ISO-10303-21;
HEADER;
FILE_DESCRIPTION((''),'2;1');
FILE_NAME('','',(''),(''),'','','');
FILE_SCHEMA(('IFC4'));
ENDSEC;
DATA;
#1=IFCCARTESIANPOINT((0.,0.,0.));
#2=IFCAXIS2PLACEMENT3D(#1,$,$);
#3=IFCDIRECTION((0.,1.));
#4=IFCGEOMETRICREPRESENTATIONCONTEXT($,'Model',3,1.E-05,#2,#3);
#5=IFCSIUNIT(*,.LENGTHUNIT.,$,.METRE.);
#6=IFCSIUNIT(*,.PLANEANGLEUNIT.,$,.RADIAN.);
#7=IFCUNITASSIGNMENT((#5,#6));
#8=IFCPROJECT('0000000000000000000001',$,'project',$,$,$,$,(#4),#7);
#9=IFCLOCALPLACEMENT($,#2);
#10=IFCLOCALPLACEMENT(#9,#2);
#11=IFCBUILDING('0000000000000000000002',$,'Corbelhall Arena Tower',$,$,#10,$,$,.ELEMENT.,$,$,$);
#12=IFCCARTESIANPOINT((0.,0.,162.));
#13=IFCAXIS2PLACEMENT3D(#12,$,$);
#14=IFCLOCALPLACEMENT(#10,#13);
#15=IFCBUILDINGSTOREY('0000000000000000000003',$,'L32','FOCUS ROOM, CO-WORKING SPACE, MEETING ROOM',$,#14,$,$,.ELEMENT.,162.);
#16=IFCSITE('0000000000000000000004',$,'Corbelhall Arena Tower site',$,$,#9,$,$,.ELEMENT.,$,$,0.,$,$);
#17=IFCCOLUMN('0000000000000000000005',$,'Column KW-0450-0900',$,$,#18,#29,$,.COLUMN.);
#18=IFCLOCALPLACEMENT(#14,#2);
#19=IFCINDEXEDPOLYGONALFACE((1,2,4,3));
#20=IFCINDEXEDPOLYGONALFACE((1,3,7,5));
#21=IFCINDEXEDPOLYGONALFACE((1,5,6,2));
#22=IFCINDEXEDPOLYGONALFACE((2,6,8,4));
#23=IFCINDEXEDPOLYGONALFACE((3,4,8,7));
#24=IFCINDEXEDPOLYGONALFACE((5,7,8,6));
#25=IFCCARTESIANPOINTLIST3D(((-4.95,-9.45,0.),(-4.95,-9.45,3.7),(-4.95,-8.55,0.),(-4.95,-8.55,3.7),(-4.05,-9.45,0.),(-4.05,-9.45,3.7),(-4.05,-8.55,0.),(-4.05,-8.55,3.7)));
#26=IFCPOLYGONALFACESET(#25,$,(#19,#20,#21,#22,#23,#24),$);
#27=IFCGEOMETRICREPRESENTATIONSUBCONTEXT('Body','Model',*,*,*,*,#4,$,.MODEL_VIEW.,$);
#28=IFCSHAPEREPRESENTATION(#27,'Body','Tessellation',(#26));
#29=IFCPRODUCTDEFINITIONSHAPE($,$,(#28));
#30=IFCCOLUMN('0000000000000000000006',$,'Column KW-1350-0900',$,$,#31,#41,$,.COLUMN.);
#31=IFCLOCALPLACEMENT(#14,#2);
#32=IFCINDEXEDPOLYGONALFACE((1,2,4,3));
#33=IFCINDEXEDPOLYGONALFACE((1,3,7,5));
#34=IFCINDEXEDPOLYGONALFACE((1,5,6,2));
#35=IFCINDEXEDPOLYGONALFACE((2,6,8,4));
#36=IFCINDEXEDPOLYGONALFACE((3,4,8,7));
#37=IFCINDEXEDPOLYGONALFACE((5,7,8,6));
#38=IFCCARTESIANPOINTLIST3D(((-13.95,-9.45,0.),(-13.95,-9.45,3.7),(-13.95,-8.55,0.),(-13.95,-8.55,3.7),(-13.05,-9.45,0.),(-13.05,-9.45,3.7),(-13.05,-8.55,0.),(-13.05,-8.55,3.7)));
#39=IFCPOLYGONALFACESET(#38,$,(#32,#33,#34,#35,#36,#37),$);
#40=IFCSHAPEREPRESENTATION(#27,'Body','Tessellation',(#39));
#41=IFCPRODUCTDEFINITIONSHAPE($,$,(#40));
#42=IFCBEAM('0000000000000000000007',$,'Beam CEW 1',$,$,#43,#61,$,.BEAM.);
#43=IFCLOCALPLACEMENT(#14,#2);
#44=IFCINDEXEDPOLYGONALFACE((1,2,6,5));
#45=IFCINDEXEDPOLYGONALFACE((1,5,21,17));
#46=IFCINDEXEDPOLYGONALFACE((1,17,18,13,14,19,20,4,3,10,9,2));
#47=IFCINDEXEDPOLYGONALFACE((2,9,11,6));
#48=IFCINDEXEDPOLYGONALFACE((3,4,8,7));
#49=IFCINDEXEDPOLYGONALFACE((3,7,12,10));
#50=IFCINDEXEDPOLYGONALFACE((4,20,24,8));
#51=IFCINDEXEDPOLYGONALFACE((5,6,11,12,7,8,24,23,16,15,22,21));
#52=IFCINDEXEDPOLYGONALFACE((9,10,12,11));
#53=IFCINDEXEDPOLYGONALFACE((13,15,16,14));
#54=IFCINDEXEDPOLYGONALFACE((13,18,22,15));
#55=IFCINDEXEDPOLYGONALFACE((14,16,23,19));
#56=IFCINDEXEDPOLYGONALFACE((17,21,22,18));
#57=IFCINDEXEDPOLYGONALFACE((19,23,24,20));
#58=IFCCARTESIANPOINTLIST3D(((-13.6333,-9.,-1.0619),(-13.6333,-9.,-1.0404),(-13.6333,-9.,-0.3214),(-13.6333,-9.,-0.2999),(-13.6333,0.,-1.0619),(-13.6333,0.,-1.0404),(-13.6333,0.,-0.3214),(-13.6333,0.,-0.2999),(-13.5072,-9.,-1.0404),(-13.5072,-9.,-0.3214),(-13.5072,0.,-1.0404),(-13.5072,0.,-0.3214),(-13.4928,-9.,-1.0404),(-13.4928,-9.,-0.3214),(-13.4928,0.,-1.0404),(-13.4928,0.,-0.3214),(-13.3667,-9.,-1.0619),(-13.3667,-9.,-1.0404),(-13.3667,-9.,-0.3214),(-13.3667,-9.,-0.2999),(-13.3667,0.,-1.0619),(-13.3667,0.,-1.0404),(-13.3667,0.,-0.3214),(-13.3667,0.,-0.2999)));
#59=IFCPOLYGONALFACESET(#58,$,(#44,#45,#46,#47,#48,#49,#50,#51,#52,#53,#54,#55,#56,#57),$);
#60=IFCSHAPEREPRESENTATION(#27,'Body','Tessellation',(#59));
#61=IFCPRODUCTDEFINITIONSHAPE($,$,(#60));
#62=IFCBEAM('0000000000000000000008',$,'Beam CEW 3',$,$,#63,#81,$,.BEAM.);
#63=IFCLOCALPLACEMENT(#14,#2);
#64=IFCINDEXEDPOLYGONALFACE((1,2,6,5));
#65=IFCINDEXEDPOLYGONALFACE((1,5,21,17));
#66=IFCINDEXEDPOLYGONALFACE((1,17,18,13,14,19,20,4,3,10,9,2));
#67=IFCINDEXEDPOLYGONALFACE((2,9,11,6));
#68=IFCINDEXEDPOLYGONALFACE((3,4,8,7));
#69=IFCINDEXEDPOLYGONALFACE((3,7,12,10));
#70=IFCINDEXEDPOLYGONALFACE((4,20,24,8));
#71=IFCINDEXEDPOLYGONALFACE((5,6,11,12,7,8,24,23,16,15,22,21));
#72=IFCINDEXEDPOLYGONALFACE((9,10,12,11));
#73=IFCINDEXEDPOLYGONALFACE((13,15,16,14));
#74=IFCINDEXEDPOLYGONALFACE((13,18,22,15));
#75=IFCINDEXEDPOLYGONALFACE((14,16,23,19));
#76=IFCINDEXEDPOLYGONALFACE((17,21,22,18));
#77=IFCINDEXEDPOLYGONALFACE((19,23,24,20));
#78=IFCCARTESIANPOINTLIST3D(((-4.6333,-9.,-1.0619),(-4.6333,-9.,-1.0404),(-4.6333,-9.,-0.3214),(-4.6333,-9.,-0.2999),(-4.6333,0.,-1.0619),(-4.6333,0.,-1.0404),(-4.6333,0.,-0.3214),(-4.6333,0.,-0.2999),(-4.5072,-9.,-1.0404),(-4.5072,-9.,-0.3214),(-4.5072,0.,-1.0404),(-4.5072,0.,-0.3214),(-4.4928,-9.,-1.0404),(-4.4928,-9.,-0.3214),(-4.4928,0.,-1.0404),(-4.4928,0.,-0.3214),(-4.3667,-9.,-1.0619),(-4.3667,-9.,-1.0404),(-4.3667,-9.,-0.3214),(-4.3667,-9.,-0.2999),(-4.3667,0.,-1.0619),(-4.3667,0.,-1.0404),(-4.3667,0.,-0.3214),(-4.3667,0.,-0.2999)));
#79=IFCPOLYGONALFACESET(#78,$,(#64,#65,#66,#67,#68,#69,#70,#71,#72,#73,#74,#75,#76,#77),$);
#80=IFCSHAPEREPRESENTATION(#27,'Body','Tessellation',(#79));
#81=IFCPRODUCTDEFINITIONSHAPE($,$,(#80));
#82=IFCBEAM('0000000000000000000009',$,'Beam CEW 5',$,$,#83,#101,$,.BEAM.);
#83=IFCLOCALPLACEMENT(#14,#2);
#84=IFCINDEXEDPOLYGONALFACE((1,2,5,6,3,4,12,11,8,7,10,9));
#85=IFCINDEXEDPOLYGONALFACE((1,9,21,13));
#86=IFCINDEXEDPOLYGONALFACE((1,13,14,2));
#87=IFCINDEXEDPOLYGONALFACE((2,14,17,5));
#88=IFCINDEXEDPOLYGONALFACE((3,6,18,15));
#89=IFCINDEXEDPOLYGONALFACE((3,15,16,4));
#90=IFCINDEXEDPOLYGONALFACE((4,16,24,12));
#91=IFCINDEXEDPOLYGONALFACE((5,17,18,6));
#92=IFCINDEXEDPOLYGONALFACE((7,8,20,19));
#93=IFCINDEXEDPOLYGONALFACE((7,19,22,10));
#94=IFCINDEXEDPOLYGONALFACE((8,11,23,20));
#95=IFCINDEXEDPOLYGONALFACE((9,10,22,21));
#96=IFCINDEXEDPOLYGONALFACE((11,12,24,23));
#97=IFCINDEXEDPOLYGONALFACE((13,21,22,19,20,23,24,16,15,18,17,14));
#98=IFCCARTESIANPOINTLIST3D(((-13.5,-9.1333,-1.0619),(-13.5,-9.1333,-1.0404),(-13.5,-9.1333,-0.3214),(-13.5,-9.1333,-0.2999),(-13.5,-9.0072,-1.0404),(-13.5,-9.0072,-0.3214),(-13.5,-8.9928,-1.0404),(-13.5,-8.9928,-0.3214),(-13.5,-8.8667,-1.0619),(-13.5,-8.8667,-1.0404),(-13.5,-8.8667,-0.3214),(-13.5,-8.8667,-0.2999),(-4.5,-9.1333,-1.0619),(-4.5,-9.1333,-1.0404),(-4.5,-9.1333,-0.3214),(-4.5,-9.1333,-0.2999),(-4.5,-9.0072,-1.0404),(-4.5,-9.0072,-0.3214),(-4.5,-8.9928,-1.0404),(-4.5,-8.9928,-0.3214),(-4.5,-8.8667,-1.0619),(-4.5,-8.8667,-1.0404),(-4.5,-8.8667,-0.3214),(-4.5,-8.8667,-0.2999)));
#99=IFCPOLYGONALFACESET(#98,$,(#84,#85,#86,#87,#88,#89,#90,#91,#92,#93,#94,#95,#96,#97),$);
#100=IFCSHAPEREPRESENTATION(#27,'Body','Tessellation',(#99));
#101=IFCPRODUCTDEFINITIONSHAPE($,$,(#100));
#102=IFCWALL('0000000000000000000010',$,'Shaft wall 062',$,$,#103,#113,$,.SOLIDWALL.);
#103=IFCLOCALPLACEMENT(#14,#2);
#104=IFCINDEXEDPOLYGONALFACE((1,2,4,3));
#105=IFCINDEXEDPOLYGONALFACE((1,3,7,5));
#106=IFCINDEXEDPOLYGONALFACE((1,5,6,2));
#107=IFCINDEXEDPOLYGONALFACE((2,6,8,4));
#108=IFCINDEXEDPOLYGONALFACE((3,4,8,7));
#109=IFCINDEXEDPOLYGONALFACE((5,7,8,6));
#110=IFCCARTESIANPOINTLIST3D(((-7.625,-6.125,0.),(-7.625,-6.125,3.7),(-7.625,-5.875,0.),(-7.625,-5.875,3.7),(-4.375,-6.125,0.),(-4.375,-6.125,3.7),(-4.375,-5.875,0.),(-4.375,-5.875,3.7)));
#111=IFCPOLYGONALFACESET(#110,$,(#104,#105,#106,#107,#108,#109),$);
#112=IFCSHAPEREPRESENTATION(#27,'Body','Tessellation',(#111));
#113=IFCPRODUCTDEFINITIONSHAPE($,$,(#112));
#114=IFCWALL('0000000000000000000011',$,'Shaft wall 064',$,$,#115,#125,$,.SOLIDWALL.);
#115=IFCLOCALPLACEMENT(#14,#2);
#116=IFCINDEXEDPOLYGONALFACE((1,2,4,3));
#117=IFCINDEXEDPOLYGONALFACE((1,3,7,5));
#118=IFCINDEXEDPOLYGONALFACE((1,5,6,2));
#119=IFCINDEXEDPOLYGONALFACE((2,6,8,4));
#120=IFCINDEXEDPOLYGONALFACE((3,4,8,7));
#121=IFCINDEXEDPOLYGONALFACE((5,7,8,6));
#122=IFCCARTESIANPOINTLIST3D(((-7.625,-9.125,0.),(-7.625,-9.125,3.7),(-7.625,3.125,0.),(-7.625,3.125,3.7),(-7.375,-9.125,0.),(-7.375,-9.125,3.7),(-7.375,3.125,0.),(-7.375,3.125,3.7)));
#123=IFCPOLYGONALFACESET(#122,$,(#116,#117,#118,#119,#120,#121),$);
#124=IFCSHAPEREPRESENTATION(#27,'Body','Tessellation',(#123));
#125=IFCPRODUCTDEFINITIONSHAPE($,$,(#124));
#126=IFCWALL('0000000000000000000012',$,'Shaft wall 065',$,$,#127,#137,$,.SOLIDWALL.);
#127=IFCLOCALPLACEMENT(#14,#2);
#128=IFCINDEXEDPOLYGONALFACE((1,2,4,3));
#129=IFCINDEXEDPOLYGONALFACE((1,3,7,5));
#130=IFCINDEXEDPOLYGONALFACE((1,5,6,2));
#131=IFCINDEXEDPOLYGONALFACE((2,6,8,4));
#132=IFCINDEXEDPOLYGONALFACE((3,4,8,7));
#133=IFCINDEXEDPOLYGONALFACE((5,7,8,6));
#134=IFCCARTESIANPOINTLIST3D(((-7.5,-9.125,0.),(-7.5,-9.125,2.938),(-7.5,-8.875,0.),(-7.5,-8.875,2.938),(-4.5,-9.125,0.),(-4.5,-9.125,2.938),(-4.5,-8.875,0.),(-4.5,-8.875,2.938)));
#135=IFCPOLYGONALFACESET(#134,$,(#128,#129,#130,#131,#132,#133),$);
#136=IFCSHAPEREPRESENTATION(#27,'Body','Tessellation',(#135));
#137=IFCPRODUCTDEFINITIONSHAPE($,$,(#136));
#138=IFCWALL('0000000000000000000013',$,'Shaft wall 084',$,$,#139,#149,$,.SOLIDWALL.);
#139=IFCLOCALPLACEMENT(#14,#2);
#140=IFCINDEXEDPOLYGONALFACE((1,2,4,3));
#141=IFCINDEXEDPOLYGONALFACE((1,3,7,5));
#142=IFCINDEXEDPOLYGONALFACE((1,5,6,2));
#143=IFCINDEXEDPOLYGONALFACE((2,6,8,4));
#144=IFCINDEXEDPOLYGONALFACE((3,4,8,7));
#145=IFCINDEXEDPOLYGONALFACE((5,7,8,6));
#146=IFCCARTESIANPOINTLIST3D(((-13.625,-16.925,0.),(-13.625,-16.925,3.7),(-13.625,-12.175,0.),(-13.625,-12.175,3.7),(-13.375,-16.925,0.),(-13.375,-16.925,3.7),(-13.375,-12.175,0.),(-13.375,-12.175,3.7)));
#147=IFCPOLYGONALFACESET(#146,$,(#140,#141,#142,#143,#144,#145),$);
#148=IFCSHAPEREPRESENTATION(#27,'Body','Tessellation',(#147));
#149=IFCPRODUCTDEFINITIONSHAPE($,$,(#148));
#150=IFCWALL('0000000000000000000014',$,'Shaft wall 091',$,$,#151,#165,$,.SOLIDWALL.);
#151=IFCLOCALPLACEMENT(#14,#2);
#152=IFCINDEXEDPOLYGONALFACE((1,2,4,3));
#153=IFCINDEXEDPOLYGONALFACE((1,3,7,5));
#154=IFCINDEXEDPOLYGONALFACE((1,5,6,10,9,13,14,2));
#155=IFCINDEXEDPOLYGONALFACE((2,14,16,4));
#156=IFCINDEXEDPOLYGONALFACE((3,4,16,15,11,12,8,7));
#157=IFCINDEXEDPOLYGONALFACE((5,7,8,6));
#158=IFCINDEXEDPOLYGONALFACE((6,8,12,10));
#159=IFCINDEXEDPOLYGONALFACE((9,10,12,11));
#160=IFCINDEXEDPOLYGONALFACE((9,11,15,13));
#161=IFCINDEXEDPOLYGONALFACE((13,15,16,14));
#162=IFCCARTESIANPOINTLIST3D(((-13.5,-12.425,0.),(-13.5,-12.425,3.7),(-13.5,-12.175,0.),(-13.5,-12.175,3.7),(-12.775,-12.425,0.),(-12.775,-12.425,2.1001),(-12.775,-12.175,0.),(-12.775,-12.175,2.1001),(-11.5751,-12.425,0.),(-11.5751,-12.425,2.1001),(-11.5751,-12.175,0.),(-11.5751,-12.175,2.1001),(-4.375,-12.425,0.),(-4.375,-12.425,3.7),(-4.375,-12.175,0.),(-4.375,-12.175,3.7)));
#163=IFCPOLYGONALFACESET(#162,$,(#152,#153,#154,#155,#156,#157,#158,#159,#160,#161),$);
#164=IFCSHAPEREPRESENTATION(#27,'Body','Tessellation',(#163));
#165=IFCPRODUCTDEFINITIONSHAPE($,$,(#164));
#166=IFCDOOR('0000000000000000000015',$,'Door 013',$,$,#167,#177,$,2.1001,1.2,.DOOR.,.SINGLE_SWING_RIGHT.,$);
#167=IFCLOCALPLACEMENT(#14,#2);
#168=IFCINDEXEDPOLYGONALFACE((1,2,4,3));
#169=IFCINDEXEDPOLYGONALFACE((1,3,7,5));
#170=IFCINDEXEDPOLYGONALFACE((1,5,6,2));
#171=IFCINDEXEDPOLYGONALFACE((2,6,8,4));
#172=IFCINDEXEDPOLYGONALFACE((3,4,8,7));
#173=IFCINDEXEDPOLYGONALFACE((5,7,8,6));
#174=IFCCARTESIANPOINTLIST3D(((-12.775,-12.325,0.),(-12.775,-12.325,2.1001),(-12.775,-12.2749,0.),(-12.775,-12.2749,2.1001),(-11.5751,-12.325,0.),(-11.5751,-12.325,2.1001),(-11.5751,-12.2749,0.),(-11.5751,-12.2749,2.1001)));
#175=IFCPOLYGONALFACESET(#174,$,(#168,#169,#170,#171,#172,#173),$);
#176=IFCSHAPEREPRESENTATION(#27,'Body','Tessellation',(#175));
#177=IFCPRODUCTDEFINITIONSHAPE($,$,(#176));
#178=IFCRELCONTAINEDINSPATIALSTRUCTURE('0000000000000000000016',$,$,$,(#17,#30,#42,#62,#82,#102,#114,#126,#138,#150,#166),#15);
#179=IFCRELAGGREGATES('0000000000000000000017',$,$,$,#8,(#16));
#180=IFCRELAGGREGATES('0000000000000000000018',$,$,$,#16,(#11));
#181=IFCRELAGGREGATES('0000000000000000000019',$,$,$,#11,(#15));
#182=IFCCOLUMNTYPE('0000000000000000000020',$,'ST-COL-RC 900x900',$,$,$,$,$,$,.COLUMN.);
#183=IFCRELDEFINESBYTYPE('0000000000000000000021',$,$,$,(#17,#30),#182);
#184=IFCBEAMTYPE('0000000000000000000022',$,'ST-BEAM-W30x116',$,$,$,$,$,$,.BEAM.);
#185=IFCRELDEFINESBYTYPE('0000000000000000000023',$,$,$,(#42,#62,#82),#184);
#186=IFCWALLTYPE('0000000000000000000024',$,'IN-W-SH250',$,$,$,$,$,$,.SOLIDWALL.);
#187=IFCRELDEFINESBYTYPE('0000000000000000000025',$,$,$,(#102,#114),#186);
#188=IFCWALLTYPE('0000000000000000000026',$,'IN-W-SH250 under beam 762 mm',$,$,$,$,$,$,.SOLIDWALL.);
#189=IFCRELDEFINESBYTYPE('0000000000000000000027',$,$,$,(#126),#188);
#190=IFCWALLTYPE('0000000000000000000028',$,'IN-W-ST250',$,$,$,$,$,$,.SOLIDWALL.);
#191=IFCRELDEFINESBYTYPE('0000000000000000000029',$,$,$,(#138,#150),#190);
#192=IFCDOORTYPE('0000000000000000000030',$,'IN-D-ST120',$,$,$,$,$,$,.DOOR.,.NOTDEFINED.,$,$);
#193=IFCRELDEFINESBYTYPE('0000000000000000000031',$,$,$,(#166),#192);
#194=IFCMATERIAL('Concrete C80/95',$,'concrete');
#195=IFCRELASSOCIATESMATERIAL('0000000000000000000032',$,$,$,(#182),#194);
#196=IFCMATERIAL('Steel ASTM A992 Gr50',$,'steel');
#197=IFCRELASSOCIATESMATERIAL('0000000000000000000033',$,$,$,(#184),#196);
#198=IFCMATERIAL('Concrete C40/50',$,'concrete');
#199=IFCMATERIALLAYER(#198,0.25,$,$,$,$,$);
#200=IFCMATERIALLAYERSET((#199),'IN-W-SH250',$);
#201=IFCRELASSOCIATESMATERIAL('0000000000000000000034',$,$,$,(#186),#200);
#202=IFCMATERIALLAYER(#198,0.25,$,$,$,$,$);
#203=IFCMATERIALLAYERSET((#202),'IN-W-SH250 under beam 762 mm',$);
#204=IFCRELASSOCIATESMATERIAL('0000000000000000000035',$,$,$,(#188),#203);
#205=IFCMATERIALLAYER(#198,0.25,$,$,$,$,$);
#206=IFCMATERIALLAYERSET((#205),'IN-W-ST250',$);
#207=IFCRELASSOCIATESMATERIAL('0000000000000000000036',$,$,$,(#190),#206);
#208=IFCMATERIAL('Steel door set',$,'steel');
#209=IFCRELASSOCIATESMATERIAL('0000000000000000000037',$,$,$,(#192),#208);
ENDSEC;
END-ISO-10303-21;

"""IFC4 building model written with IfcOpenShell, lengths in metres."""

from ifc_helpers import new_model, si_unit, direction, frame, frame_2d, origin, origin_2d, place, context, subcontext, project, spatial, rectangle, i_section, extrude, material, layer, layer_set, material_profile, profile_set, type_object, element, fill, save


model = new_model("IFC4")

# Units and contexts
model_context = context("Model", 3, precision=1e-05, world=origin(), true_north=direction((0.0, 1.0)))
body_context = subcontext(model_context, "Body", "Model", "MODEL_VIEW")
ifc_project = project(units=[si_unit("LENGTHUNIT", "METRE"), si_unit("PLANEANGLEUNIT", "RADIAN")], contexts=[model_context])

# Site, building, storey
site_placement = place(None, origin())
site = spatial("IfcSite", under=ifc_project, at=site_placement, Name="Corbelhall Arena Tower site", CompositionType="ELEMENT", RefElevation=0.0)
building_placement = place(site_placement, origin())
building = spatial("IfcBuilding", under=site, at=building_placement, Name="Corbelhall Arena Tower", CompositionType="ELEMENT")
storey_placement = place(building_placement, frame((0.0, 0.0, 162.0)))
storey = spatial("IfcBuildingStorey", under=building, at=storey_placement, Name="L32", Description="FOCUS ROOM, CO-WORKING SPACE, MEETING ROOM", CompositionType="ELEMENT", Elevation=162.0)

# Columns
ifc_material_1 = material(Name="Concrete C80/95", Category="concrete")
ifc_material_profile_1 = material_profile(ifc_material_1, rectangle(XDim=0.8999, YDim=0.8999, at=origin_2d()))
ifc_profile_set_1 = profile_set([ifc_material_profile_1], Name="Concrete C80/95")
column_type = type_object("IfcColumnType", Name="ST-COL-RC 900x900", PredefinedType="COLUMN", material=ifc_profile_set_1)
for number, where, z_axis, x_axis, name in (
    (1, (-4.5, -9.0, 0.0), (0.0, 0.0, 1.0), (1.0, 0.0, 0.0), "Column KW-0450-0900"),
    (2, (-13.5, -9.0, 0.0), (0.0, 0.0, 1.0), (1.0, 0.0, 0.0), "Column KW-1350-0900"),
):
    element("IfcColumn", number, at=place(storey_placement, frame(where, z_axis=z_axis, x_axis=x_axis)), inside=storey, type_object=column_type, Name=name, PredefinedType="COLUMN", context=body_context, shape_type="SweptSolid", body=[
        extrude(rectangle(XDim=0.8999, YDim=0.8999, at=origin_2d()), origin(), (0.0, 0.0, 1.0), 3.7),
    ])

# Beams
ifc_material_2 = material(Name="Steel ASTM A992 Gr50", Category="steel")
ifc_material_profile_2 = material_profile(ifc_material_2, i_section(OverallWidth=0.2666, OverallDepth=0.762, WebThickness=0.0144, FlangeThickness=0.0215, at=origin_2d()))
ifc_profile_set_2 = profile_set([ifc_material_profile_2], Name="Steel ASTM A992 Gr50")
beam_type = type_object("IfcBeamType", Name="ST-BEAM-W30x116", PredefinedType="BEAM", material=ifc_profile_set_2)
for number, where, z_axis, x_axis, name in (
    (3, (-13.5, -9.0, -0.6809), (0.0, 1.0, 0.0), (-1.0, 0.0, 0.0), "Beam CEW 1"),
    (4, (-4.5, -9.0, -0.6809), (0.0, 1.0, 0.0), (-1.0, 0.0, 0.0), "Beam CEW 3"),
    (5, (-13.5, -9.0, -0.6809), (1.0, 0.0, 0.0), (0.0, 1.0, 0.0), "Beam CEW 5"),
):
    element("IfcBeam", number, at=place(storey_placement, frame(where, z_axis=z_axis, x_axis=x_axis)), inside=storey, type_object=beam_type, Name=name, PredefinedType="BEAM", context=body_context, shape_type="SweptSolid", body=[
        extrude(i_section(OverallWidth=0.2666, OverallDepth=0.762, WebThickness=0.0144, FlangeThickness=0.0215, at=origin_2d()), origin(), (0.0, 0.0, 1.0), 9.0),
    ])

# Walls
ifc_material_3 = material(Name="Concrete C40/50", Category="concrete")
ifc_layer_1 = layer(ifc_material_3, 0.25)
ifc_layer_set_1 = layer_set([ifc_layer_1], Name="IN-W-SH250")
wall_type_1 = type_object("IfcWallType", Name="IN-W-SH250", PredefinedType="SOLIDWALL", material=ifc_layer_set_1)
wall_1_placement = place(storey_placement, frame((-7.625, -6.0, 0.0), z_axis=(0.0, 0.0, 1.0), x_axis=(1.0, 0.0, 0.0)))
element("IfcWall", 6, at=wall_1_placement, inside=storey, type_object=wall_type_1, Name="Shaft wall 062", PredefinedType="SOLIDWALL", context=body_context, shape_type="SweptSolid", body=[
    extrude(rectangle(XDim=3.25, YDim=0.25, at=frame_2d((1.625, 0.0))), origin(), (0.0, 0.0, 1.0), 3.7),
])
wall_2_placement = place(storey_placement, frame((-7.5, -9.125, 0.0), z_axis=(0.0, 0.0, 1.0), x_axis=(0.0, 1.0, 0.0)))
element("IfcWall", 7, at=wall_2_placement, inside=storey, type_object=wall_type_1, Name="Shaft wall 064", PredefinedType="SOLIDWALL", context=body_context, shape_type="SweptSolid", body=[
    extrude(rectangle(XDim=12.25, YDim=0.25, at=frame_2d((6.125, 0.0))), origin(), (0.0, 0.0, 1.0), 3.7),
])
ifc_layer_2 = layer(ifc_material_3, 0.25)
ifc_layer_set_2 = layer_set([ifc_layer_2], Name="IN-W-SH250 under beam 762 mm")
wall_type_2 = type_object("IfcWallType", Name="IN-W-SH250 under beam 762 mm", PredefinedType="SOLIDWALL", material=ifc_layer_set_2)
wall_3_placement = place(storey_placement, frame((-4.5, -9.0, 0.0), z_axis=(0.0, 0.0, 1.0), x_axis=(-1.0, 0.0, 0.0)))
element("IfcWall", 8, at=wall_3_placement, inside=storey, type_object=wall_type_2, Name="Shaft wall 065", PredefinedType="SOLIDWALL", context=body_context, shape_type="SweptSolid", body=[
    extrude(rectangle(XDim=3.0, YDim=0.25, at=frame_2d((1.5, 0.0))), origin(), (0.0, 0.0, 1.0), 2.938),
])
ifc_layer_3 = layer(ifc_material_3, 0.25)
ifc_layer_set_3 = layer_set([ifc_layer_3], Name="IN-W-ST250")
wall_type_3 = type_object("IfcWallType", Name="IN-W-ST250", PredefinedType="SOLIDWALL", material=ifc_layer_set_3)
wall_4_placement = place(storey_placement, frame((-13.5, -12.175, 0.0), z_axis=(0.0, 0.0, 1.0), x_axis=(0.0, -1.0, 0.0)))
element("IfcWall", 9, at=wall_4_placement, inside=storey, type_object=wall_type_3, Name="Shaft wall 084", PredefinedType="SOLIDWALL", context=body_context, shape_type="SweptSolid", body=[
    extrude(rectangle(XDim=4.75, YDim=0.25, at=frame_2d((2.375, 0.0))), origin(), (0.0, 0.0, 1.0), 3.7),
])

# Wall, opening, door
wall_5_placement = place(storey_placement, frame((-4.375, -12.3, 0.0), z_axis=(0.0, 0.0, 1.0), x_axis=(-1.0, 0.0, 0.0)))
wall_5 = element("IfcWall", 10, at=wall_5_placement, inside=storey, type_object=wall_type_3, Name="Shaft wall 091", PredefinedType="SOLIDWALL", context=body_context, shape_type="SweptSolid", body=[
    extrude(rectangle(XDim=9.125, YDim=0.25, at=frame_2d((4.5625, 0.0))), origin(), (0.0, 0.0, 1.0), 3.7),
])
opening_1_placement = place(wall_5_placement, frame((7.2, 0.0, 0.0)))
opening_1 = element("IfcOpeningElement", 11, at=opening_1_placement, cuts=wall_5, PredefinedType="OPENING", context=body_context, shape_type="SweptSolid", body=[
    extrude(rectangle(XDim=1.2, YDim=2.1001, at=frame_2d((0.6001, 1.05))), frame((0.0, 0.125, 0.0), z_axis=(0.0, -1.0, 0.0), x_axis=(1.0, 0.0, 0.0)), (0.0, 0.0, 1.0), 0.25),
])
ifc_material_4 = material(Name="Steel door set", Category="steel")
door_type_1 = type_object("IfcDoorType", Name="IN-D-ST120", OperationType="NOTDEFINED", PredefinedType="DOOR", material=ifc_material_4)
door_1_placement = place(opening_1_placement, origin())
door_1 = element("IfcDoor", 12, at=door_1_placement, inside=storey, type_object=door_type_1, Name="Door 013", OperationType="SINGLE_SWING_RIGHT", OverallHeight=2.1001, OverallWidth=1.2, PredefinedType="DOOR", context=body_context, shape_type="SweptSolid", body=[
    extrude(rectangle(XDim=1.2, YDim=2.1001, at=frame_2d((0.6001, 1.05))), frame((0.0, 0.0249, 0.0), z_axis=(0.0, -1.0, 0.0), x_axis=(1.0, 0.0, 0.0)), (0.0, 0.0, 1.0), 0.05),
])
fill(opening_1, door_1)

save(model, "model.ifc")
